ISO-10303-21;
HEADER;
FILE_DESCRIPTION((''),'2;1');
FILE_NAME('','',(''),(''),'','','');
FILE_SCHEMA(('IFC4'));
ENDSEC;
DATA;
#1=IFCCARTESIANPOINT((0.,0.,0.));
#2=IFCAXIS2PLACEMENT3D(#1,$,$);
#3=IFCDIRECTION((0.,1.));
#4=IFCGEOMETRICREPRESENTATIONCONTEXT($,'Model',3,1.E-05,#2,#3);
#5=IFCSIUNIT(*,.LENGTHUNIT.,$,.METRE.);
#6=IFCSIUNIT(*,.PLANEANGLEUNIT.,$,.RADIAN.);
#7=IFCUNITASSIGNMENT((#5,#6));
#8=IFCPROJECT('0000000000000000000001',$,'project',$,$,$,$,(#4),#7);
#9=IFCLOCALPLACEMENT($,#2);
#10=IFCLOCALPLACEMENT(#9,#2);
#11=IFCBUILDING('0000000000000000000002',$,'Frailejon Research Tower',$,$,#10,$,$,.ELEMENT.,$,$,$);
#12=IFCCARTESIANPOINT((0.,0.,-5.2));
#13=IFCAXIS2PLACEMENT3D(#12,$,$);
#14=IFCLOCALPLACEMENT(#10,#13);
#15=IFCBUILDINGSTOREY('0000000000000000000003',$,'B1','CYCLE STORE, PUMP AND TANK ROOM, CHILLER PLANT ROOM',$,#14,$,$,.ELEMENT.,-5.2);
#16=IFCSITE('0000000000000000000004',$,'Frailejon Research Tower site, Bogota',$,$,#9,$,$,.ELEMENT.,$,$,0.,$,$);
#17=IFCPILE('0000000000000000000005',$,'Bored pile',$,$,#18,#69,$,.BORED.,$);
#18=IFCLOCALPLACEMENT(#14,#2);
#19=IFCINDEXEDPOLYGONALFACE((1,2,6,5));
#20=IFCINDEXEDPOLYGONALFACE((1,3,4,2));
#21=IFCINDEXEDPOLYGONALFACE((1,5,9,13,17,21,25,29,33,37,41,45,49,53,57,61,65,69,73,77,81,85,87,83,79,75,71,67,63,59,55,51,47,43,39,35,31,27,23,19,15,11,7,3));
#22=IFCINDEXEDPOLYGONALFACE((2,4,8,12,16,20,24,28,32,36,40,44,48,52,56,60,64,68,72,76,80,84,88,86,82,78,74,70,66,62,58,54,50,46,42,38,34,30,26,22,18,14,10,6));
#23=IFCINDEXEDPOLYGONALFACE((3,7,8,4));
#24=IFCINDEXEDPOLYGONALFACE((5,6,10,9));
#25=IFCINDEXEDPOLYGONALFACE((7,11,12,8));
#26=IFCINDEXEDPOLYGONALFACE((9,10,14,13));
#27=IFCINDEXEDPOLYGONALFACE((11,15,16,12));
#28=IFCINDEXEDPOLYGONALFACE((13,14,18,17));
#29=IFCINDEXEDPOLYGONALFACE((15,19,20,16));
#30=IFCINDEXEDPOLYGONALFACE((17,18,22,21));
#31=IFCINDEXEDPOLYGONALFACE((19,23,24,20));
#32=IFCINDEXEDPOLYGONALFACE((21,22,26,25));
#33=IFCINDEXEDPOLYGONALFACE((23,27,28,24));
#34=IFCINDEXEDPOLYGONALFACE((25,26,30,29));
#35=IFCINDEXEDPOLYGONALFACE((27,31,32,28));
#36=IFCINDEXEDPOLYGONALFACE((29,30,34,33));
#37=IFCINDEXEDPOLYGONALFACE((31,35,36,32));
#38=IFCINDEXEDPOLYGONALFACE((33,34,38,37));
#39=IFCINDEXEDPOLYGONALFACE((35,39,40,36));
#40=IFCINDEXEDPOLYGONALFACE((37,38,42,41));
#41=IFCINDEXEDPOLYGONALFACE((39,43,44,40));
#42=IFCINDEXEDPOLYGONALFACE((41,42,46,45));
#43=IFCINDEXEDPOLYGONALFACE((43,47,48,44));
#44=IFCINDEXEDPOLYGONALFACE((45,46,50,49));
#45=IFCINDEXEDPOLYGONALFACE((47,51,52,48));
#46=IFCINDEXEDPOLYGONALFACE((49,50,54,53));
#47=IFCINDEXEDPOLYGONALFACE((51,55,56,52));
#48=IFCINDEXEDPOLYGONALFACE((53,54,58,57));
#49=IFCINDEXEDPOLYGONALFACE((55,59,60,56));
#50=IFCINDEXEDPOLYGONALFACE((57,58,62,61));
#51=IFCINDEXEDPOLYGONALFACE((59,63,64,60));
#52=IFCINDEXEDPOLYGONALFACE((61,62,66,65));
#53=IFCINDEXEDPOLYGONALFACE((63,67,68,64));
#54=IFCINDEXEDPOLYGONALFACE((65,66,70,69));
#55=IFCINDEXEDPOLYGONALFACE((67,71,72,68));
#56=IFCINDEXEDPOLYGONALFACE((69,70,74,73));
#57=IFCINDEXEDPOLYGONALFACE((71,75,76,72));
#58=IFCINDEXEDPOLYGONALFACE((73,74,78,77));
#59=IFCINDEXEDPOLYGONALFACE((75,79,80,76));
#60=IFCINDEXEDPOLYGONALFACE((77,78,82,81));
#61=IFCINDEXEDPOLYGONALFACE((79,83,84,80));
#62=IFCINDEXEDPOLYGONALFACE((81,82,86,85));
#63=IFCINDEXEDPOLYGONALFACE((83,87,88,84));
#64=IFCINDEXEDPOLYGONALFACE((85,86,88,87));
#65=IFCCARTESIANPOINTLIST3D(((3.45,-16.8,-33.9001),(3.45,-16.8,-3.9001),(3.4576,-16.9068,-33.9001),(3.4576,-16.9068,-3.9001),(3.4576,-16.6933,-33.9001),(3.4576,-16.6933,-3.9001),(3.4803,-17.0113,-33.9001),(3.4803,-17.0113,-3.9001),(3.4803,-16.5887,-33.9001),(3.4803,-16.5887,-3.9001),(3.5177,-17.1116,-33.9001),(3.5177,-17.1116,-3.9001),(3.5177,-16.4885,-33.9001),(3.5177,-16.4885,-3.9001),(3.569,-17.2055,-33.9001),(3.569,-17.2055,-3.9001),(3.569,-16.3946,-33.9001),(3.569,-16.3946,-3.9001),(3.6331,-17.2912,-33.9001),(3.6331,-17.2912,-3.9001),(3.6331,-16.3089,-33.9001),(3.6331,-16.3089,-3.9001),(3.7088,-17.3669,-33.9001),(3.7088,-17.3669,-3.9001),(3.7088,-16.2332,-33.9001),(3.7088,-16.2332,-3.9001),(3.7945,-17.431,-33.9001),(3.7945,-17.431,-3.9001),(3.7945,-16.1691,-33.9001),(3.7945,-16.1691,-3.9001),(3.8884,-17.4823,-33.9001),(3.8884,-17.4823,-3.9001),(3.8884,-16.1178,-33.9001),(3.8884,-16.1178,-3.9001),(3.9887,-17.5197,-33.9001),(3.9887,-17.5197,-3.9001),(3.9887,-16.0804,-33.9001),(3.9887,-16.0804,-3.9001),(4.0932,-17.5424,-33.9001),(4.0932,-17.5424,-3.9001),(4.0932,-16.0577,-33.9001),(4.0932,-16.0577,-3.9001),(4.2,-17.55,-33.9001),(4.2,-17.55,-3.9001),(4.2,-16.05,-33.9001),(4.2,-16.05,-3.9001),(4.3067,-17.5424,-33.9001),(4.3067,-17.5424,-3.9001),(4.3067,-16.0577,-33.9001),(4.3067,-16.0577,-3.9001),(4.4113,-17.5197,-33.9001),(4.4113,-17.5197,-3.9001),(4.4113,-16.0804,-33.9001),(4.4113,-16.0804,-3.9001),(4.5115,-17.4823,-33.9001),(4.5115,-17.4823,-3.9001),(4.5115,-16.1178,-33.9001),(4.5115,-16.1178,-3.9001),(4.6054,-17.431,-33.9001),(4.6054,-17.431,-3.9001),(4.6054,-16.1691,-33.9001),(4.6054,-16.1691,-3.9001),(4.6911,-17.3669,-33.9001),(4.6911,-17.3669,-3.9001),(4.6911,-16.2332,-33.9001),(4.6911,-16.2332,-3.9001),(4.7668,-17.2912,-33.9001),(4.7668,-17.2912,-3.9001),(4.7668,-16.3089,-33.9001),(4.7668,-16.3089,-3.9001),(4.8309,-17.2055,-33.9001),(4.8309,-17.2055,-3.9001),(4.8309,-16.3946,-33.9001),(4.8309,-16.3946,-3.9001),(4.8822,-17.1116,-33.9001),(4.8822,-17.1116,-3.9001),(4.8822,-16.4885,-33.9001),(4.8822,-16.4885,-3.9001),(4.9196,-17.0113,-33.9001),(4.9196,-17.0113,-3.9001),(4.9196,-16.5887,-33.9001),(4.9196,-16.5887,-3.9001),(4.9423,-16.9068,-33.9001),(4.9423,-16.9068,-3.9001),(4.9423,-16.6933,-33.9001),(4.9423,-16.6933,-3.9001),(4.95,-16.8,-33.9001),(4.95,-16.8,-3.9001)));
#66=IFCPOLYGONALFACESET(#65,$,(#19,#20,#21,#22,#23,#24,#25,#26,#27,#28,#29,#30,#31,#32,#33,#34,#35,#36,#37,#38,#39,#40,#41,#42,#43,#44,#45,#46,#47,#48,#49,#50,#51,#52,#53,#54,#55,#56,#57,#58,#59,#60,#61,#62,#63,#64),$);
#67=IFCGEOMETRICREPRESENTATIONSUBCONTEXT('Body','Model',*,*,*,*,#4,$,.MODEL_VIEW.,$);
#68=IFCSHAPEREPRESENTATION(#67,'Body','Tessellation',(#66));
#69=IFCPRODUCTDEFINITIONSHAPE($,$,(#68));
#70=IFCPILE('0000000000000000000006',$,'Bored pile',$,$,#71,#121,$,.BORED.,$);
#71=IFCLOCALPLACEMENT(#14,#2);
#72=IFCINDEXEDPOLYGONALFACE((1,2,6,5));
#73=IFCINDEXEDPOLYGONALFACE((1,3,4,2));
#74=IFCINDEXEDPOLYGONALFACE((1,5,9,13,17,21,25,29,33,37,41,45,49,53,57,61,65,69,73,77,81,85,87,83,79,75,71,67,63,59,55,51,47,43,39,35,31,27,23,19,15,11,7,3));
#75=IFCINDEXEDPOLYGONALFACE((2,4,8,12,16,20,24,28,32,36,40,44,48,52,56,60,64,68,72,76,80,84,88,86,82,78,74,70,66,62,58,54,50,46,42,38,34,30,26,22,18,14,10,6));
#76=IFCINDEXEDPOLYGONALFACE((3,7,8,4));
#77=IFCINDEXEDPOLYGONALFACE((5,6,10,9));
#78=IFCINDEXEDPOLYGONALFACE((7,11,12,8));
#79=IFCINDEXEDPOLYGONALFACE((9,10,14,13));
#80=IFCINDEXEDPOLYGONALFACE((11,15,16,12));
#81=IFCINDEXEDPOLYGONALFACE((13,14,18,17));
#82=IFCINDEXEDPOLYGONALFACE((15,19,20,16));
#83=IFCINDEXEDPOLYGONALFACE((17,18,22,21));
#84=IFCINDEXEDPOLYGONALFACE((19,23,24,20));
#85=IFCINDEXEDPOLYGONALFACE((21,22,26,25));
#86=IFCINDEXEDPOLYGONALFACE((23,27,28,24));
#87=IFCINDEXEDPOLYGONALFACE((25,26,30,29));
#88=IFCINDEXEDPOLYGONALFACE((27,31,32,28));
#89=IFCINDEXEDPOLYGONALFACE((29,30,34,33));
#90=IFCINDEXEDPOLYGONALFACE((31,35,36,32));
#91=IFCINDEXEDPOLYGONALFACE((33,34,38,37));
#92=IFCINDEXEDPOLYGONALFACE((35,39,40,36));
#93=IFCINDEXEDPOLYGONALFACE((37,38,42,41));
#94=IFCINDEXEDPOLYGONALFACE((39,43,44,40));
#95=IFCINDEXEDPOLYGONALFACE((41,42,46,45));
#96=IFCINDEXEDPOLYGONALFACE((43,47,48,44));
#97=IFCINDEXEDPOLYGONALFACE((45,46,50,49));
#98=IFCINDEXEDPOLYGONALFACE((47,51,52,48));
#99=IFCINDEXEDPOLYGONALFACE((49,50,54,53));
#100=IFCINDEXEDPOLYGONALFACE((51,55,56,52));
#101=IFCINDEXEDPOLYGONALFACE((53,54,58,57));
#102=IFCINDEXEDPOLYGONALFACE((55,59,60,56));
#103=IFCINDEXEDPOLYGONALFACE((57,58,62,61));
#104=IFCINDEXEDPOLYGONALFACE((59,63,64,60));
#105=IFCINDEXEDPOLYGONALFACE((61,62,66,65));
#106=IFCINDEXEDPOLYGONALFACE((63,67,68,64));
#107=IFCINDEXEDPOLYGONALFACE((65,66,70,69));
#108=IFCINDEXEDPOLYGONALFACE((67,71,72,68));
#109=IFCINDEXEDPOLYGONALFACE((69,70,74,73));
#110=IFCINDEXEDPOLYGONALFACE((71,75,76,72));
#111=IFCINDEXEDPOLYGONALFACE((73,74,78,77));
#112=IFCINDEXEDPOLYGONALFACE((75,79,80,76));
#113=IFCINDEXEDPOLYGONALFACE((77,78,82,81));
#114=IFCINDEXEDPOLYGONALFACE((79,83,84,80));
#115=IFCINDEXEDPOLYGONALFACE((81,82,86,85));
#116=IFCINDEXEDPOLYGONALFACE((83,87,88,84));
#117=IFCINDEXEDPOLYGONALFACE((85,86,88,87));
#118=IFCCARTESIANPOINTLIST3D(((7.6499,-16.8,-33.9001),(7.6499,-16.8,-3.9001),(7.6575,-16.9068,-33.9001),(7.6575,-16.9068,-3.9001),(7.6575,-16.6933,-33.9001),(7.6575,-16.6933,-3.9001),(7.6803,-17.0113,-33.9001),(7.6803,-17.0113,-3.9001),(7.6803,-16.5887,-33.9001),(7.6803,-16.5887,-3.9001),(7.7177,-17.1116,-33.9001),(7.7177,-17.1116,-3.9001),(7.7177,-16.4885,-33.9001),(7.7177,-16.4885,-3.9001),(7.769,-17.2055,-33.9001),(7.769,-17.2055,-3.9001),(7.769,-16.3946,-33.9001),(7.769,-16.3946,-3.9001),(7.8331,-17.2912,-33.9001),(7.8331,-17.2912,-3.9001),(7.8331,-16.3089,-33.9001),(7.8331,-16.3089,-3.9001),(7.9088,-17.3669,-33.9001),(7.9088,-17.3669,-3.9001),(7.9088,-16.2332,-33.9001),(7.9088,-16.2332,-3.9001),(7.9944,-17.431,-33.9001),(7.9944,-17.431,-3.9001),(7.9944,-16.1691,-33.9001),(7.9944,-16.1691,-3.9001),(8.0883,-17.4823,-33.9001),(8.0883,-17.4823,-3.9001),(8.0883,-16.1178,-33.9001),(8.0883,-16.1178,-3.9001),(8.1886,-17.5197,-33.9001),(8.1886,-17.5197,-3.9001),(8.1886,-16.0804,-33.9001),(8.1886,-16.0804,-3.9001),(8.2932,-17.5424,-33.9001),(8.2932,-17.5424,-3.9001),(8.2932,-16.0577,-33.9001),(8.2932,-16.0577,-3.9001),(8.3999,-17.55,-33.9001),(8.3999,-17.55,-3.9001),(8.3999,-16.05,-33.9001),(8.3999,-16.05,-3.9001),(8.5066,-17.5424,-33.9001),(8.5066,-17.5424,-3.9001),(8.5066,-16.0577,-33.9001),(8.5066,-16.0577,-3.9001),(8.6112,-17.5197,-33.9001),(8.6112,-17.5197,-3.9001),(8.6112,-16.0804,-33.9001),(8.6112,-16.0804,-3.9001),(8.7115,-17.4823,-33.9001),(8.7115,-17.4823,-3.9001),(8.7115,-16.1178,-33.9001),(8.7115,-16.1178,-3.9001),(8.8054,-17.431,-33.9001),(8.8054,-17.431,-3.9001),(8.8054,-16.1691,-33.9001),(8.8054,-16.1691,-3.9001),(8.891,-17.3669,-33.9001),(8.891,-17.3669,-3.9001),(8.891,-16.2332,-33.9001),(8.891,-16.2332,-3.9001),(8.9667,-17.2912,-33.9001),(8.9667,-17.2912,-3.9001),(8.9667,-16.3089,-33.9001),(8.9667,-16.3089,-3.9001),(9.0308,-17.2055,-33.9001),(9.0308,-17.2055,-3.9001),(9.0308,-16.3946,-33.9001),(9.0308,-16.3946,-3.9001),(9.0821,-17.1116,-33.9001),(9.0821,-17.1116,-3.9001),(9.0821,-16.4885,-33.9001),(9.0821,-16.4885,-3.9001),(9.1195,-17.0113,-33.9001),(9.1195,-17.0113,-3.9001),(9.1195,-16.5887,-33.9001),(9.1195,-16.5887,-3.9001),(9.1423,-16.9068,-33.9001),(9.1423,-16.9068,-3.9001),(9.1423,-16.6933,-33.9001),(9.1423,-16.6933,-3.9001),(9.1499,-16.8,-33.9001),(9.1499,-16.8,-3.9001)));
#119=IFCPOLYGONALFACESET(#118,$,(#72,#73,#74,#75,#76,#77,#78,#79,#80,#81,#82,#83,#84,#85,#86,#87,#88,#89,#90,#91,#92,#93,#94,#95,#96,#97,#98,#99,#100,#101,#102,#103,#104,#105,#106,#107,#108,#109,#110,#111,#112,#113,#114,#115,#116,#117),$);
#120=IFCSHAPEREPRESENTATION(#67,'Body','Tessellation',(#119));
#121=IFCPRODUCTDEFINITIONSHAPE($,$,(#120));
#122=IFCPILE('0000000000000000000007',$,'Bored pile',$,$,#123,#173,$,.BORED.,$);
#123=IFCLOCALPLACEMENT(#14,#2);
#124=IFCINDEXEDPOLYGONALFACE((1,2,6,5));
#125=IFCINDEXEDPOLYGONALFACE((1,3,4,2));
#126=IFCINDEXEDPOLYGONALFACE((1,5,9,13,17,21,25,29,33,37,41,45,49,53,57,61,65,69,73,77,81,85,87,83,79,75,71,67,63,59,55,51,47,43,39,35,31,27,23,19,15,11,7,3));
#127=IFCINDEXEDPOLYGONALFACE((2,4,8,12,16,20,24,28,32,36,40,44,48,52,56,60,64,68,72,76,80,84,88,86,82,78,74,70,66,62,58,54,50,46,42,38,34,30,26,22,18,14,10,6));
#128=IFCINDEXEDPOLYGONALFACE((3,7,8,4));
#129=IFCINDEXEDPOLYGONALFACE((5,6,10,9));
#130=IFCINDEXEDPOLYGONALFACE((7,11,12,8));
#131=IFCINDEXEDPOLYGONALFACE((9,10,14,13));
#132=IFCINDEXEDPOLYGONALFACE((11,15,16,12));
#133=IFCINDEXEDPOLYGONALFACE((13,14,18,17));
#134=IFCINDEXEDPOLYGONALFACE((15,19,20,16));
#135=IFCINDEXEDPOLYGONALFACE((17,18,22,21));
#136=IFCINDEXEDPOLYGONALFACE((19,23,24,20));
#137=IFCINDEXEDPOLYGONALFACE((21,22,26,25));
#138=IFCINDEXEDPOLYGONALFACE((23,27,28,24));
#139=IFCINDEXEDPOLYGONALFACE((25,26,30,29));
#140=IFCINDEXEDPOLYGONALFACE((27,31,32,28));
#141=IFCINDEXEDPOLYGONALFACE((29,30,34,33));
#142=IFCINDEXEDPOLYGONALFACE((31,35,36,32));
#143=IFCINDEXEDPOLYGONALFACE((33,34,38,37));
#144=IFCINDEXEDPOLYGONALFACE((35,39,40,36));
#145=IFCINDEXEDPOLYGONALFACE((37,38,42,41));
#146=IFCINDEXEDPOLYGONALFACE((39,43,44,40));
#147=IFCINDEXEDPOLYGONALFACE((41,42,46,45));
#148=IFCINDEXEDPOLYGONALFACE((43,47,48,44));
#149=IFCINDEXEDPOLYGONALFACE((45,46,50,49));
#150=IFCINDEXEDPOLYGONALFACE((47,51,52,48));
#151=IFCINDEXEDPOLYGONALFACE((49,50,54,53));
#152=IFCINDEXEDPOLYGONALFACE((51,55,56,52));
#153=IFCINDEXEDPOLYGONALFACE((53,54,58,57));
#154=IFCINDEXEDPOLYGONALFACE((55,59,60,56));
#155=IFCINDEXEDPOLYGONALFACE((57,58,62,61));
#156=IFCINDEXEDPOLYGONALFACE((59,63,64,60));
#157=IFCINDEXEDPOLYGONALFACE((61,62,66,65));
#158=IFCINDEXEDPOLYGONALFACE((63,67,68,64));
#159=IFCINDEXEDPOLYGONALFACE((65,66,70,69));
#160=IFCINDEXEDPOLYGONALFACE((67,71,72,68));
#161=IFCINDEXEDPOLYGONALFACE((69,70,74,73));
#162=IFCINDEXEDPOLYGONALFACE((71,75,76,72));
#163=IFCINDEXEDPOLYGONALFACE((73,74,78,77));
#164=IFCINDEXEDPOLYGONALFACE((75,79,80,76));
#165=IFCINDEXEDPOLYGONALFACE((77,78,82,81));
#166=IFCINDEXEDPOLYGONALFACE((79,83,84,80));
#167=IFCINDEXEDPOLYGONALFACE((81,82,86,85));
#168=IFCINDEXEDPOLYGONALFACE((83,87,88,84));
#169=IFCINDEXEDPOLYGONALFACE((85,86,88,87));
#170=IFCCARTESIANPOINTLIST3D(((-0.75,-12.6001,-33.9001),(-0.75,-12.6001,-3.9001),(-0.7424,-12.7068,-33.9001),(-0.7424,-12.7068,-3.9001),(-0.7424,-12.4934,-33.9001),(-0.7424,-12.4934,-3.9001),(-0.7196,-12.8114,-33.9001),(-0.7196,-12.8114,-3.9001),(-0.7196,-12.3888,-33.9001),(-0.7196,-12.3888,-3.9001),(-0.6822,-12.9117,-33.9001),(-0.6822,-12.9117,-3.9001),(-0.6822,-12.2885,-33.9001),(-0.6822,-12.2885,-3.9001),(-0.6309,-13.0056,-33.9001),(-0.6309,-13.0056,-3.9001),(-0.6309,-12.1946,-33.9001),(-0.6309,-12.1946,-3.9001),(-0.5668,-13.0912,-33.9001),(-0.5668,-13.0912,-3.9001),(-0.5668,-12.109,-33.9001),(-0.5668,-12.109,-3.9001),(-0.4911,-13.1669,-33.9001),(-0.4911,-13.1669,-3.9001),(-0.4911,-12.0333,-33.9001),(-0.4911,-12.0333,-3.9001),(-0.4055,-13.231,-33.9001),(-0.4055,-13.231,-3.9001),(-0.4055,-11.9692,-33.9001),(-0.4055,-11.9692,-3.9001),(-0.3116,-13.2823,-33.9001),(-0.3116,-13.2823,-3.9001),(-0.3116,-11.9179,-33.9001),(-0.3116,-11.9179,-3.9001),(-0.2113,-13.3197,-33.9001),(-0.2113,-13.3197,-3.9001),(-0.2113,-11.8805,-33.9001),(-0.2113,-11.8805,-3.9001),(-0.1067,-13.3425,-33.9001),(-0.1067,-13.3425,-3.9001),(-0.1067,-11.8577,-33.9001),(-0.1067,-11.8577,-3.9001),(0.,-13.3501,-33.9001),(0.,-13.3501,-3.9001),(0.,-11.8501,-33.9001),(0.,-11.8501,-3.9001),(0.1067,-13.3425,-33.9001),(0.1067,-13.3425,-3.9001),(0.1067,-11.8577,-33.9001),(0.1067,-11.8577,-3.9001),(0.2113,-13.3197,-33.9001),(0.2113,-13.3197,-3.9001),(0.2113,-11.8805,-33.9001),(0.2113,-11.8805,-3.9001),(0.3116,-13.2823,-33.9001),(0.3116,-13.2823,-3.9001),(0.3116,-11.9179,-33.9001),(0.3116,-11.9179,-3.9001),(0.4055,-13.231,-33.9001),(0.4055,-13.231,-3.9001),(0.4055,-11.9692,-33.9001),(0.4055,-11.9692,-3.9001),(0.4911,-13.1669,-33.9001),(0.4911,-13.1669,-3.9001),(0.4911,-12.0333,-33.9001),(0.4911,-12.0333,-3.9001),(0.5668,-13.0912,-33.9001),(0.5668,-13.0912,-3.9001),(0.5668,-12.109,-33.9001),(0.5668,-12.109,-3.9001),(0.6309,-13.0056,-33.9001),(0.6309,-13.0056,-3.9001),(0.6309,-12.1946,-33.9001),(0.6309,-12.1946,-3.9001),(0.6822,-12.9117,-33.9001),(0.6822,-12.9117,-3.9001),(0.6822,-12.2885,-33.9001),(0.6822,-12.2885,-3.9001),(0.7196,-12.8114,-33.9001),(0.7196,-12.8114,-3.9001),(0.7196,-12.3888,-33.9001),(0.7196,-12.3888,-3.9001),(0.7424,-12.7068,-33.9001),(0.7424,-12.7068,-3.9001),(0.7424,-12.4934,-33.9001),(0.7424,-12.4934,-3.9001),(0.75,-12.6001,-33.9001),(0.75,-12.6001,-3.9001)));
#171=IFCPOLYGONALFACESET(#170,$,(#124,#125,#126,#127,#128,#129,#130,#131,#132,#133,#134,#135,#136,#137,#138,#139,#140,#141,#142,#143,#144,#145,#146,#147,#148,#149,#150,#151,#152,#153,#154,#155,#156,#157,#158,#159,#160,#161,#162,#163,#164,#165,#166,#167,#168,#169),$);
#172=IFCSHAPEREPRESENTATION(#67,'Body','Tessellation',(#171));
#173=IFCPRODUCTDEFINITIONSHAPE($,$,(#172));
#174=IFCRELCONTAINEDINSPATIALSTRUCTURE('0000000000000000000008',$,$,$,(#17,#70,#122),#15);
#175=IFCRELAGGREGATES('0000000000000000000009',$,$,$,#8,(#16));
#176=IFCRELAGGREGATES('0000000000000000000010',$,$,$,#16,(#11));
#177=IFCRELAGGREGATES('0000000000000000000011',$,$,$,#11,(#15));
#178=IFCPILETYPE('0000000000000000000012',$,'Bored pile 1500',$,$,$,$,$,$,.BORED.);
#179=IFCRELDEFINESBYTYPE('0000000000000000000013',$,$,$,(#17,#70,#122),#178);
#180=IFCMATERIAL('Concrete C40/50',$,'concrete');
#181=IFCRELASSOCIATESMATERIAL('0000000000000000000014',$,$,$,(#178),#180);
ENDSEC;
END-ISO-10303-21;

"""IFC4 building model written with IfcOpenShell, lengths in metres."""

from ifc_helpers import new_model, si_unit, direction, frame, origin, origin_2d, place, context, subcontext, project, spatial, circle, extrude, material, material_profile, profile_set, type_object, element, save


model = new_model("IFC4")

# Units and contexts
model_context = context("Model", 3, precision=1e-05, world=origin(), true_north=direction((0.0, 1.0)))
body_context = subcontext(model_context, "Body", "Model", "MODEL_VIEW")
ifc_project = project(units=[si_unit("LENGTHUNIT", "METRE"), si_unit("PLANEANGLEUNIT", "RADIAN")], contexts=[model_context])

# Site, building, storey
site_placement = place(None, origin())
site = spatial("IfcSite", under=ifc_project, at=site_placement, Name="Frailejon Research Tower site, Bogota", CompositionType="ELEMENT", RefElevation=0.0)
building_placement = place(site_placement, origin())
building = spatial("IfcBuilding", under=site, at=building_placement, Name="Frailejon Research Tower", CompositionType="ELEMENT")
storey_placement = place(building_placement, frame((0.0, 0.0, -5.2)))
storey = spatial("IfcBuildingStorey", under=building, at=storey_placement, Name="B1", Description="CYCLE STORE, PUMP AND TANK ROOM, CHILLER PLANT ROOM", CompositionType="ELEMENT", Elevation=-5.2)

# Piles
ifc_material_1 = material(Name="Concrete C40/50", Category="concrete")
ifc_material_profile_1 = material_profile(ifc_material_1, circle(Radius=0.75, at=origin_2d()), Name="Bored pile 1500")
ifc_profile_set_1 = profile_set([ifc_material_profile_1], Name="Concrete C40/50")
pile_type = type_object("IfcPileType", Name="Bored pile 1500", PredefinedType="BORED", material=ifc_profile_set_1)
for number, where, z_axis, x_axis, name in (
    (1, (4.2, -16.8, -3.9001), (0.0, 0.0, -1.0), (1.0, 0.0, 0.0), "Bored pile"),
    (2, (8.3999, -16.8, -3.9001), (0.0, 0.0, -1.0), (1.0, 0.0, 0.0), "Bored pile"),
    (3, (0.0, -12.6001, -3.9001), (0.0, 0.0, -1.0), (1.0, 0.0, 0.0), "Bored pile"),
):
    element("IfcPile", number, at=place(storey_placement, frame(where, z_axis=z_axis, x_axis=x_axis)), inside=storey, type_object=pile_type, Name=name, PredefinedType="BORED", context=body_context, shape_type="SweptSolid", body=[
        extrude(circle(Radius=0.75, at=origin_2d()), origin(), (0.0, 0.0, 1.0), 30.0),
    ])

save(model, "model.ifc")
